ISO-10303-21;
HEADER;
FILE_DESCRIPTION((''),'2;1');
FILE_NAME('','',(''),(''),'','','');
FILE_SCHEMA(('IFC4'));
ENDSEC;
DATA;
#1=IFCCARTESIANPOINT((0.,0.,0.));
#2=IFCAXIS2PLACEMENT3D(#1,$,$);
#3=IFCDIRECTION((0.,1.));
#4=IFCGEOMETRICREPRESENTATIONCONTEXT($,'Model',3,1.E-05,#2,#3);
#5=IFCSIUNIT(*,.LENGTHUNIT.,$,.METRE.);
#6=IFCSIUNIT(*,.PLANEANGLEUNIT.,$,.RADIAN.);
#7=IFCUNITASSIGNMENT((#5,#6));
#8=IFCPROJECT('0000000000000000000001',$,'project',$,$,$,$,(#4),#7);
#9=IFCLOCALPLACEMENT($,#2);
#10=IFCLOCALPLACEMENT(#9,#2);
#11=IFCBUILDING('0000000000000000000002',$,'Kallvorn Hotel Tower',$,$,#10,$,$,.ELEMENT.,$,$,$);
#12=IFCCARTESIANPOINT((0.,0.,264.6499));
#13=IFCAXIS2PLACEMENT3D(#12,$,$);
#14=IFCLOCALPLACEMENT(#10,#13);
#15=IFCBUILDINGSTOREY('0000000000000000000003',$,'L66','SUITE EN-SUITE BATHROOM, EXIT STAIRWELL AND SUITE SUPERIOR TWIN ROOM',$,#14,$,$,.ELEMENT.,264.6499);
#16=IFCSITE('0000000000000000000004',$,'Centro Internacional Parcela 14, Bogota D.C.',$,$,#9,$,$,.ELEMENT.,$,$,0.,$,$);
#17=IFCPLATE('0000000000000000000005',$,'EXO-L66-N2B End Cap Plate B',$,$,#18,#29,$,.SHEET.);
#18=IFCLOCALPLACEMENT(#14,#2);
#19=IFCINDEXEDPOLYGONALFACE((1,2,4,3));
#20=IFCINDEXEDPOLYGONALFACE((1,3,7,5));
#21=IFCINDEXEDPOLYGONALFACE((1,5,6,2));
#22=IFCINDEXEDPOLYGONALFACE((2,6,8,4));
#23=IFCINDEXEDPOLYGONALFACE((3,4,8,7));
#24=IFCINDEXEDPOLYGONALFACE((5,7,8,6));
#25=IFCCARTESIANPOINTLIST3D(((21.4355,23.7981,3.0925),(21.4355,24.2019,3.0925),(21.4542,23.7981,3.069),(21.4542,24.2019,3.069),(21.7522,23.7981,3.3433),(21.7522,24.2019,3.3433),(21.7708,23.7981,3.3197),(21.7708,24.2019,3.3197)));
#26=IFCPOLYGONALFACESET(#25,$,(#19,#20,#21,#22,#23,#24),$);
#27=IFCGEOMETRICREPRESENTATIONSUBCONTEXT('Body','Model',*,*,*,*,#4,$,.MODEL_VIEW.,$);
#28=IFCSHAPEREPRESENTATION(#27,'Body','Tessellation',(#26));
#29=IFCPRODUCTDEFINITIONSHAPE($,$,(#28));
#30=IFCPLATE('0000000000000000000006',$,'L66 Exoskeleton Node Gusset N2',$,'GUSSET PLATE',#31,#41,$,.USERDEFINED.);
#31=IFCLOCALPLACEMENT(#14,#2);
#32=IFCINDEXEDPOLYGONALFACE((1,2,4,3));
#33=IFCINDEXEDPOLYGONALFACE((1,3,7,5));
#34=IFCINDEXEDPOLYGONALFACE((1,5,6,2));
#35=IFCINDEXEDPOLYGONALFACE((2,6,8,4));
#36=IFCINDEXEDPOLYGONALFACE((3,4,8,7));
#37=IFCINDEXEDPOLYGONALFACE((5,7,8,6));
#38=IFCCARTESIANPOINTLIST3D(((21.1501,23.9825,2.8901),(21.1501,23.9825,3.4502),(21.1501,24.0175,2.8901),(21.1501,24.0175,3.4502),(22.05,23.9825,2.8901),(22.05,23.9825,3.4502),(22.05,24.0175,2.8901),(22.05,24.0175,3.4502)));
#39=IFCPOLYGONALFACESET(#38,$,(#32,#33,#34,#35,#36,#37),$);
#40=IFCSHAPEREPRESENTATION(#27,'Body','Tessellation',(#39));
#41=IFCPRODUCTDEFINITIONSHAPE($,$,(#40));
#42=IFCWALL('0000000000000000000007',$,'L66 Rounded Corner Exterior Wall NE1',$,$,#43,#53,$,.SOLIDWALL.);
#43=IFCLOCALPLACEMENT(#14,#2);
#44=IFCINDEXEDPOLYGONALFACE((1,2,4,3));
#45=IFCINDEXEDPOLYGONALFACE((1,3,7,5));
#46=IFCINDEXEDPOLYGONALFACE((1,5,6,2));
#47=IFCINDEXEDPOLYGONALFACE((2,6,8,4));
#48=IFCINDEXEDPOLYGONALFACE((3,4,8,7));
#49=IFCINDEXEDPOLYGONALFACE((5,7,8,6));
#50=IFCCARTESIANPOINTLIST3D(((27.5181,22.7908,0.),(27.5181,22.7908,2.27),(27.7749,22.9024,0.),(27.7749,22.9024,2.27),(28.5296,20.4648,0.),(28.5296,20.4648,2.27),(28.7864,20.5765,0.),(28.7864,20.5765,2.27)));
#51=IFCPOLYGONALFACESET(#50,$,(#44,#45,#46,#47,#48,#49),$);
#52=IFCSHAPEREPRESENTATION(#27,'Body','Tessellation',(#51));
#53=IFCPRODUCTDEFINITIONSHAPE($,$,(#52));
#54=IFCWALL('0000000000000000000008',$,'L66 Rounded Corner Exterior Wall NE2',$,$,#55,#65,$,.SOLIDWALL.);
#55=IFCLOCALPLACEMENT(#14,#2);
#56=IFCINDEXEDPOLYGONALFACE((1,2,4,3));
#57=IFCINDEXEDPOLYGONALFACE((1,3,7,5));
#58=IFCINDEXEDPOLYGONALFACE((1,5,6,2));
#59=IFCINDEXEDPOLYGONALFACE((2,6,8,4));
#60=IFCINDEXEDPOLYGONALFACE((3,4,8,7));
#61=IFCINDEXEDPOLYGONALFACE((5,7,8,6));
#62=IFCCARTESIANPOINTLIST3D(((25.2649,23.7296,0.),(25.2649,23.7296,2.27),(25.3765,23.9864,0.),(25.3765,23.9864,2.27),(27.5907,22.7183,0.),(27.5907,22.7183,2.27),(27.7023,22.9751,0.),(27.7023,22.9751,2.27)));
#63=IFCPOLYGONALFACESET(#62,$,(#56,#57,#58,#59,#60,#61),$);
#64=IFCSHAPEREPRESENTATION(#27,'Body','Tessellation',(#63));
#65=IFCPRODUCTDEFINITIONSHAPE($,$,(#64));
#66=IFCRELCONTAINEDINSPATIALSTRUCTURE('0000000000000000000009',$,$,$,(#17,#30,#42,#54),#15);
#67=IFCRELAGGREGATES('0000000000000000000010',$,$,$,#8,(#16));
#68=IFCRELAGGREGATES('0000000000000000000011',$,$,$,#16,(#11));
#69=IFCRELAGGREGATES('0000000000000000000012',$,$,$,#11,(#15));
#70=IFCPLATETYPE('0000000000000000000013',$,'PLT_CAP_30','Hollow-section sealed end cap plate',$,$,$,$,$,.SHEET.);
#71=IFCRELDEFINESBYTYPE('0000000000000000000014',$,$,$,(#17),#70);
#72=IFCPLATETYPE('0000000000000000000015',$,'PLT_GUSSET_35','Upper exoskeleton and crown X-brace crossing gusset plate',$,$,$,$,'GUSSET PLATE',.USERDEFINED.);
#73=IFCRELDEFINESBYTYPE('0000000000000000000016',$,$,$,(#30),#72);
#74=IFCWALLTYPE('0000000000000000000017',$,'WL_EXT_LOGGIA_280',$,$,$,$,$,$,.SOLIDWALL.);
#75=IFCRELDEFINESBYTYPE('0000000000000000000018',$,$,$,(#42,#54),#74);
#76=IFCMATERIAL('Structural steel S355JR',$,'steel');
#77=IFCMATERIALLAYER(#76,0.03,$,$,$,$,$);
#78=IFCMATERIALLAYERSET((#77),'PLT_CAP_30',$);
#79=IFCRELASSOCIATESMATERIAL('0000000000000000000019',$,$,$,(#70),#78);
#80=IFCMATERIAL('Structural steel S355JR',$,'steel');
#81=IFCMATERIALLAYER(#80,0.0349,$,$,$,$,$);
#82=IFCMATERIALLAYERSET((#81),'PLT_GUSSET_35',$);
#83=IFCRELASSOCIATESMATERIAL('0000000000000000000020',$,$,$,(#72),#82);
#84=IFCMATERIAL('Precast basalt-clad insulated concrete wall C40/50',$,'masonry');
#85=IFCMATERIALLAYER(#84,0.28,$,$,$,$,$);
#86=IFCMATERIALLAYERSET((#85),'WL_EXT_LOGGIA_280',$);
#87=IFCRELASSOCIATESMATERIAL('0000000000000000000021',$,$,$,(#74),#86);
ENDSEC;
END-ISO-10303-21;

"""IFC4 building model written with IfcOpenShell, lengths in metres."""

from ifc_helpers import new_model, si_unit, direction, frame, frame_2d, origin, origin_2d, place, context, subcontext, project, spatial, polyline, rectangle, outline, extrude, material, layer, layer_set, type_object, element, save


model = new_model("IFC4")

# Units and contexts
model_context = context("Model", 3, precision=1e-05, world=origin(), true_north=direction((0.0, 1.0)))
body_context = subcontext(model_context, "Body", "Model", "MODEL_VIEW")
ifc_project = project(units=[si_unit("LENGTHUNIT", "METRE"), si_unit("PLANEANGLEUNIT", "RADIAN")], contexts=[model_context])

# Site, building, storey
site_placement = place(None, origin())
site = spatial("IfcSite", under=ifc_project, at=site_placement, Name="Centro Internacional Parcela 14, Bogota D.C.", CompositionType="ELEMENT", RefElevation=0.0)
building_placement = place(site_placement, origin())
building = spatial("IfcBuilding", under=site, at=building_placement, Name="Kallvorn Hotel Tower", CompositionType="ELEMENT")
storey_placement = place(building_placement, frame((0.0, 0.0, 264.6499)))
storey = spatial("IfcBuildingStorey", under=building, at=storey_placement, Name="L66", Description="SUITE EN-SUITE BATHROOM, EXIT STAIRWELL AND SUITE SUPERIOR TWIN ROOM", CompositionType="ELEMENT", Elevation=264.6499)

# Plates
ifc_material_1 = material(Name="Structural steel S355JR", Category="steel")
ifc_layer_1 = layer(ifc_material_1, 0.03)
ifc_layer_set_1 = layer_set([ifc_layer_1], Name="PLT_CAP_30")
plate_type_1 = type_object("IfcPlateType", Name="PLT_CAP_30", Description="Hollow-section sealed end cap plate", PredefinedType="SHEET", material=ifc_layer_set_1)
plate_1_placement = place(storey_placement, frame((21.4355, 24.2019, 3.0925), z_axis=(-0.62078, 0.0, 0.783985), x_axis=(0.0, -1.0, 0.0)))
element("IfcPlate", 1, at=plate_1_placement, inside=storey, type_object=plate_type_1, Name="EXO-L66-N2B End Cap Plate B", PredefinedType="SHEET", context=body_context, shape_type="SweptSolid", body=[
    extrude(outline(polyline([(0.0, 0.0), (0.4038, 0.0), (0.4038, 0.4039), (0.0, 0.4039), (0.0, 0.0)])), origin(), (0.0, 0.0, -1.0), 0.03),
])
ifc_material_2 = material(Name="Structural steel S355JR", Category="steel")
ifc_layer_2 = layer(ifc_material_2, 0.0349)
ifc_layer_set_2 = layer_set([ifc_layer_2], Name="PLT_GUSSET_35")
plate_type_2 = type_object("IfcPlateType", Name="PLT_GUSSET_35", Description="Upper exoskeleton and crown X-brace crossing gusset plate", ElementType="GUSSET PLATE", PredefinedType="USERDEFINED", material=ifc_layer_set_2)
plate_2_placement = place(storey_placement, frame((21.6001, 24.0, 2.8901), z_axis=(0.0, 0.0, 1.0), x_axis=(1.0, 0.0, 0.0)))
element("IfcPlate", 2, at=plate_2_placement, inside=storey, type_object=plate_type_2, Name="L66 Exoskeleton Node Gusset N2", ObjectType="GUSSET PLATE", PredefinedType="USERDEFINED", context=body_context, shape_type="SweptSolid", body=[
    extrude(rectangle(XDim=0.8999, YDim=0.0349, at=origin_2d()), origin(), (0.0, 0.0, 1.0), 0.5601),
])

# Walls
ifc_material_3 = material(Name="Precast basalt-clad insulated concrete wall C40/50", Category="masonry")
ifc_layer_3 = layer(ifc_material_3, 0.28)
ifc_layer_set_3 = layer_set([ifc_layer_3], Name="WL_EXT_LOGGIA_280")
wall_type = type_object("IfcWallType", Name="WL_EXT_LOGGIA_280", PredefinedType="SOLIDWALL", material=ifc_layer_set_3)
wall_1_placement = place(storey_placement, frame((28.658, 20.5208, 0.0), z_axis=(0.0, 0.0, 1.0), x_axis=(-0.398793, 0.917041, 0.0)))
element("IfcWall", 3, at=wall_1_placement, inside=storey, type_object=wall_type, Name="L66 Rounded Corner Exterior Wall NE1", PredefinedType="SOLIDWALL", context=body_context, shape_type="SweptSolid", body=[
    extrude(rectangle(XDim=2.5364, YDim=0.28, at=frame_2d((1.2681, 0.0))), origin(), (0.0, 0.0, 1.0), 2.27),
])
wall_2_placement = place(storey_placement, frame((27.6465, 22.8467, 0.0), z_axis=(0.0, 0.0, 1.0), x_axis=(-0.917061, 0.398747, 0.0)))
element("IfcWall", 4, at=wall_2_placement, inside=storey, type_object=wall_type, Name="L66 Rounded Corner Exterior Wall NE2", PredefinedType="SOLIDWALL", context=body_context, shape_type="SweptSolid", body=[
    extrude(rectangle(XDim=2.5361, YDim=0.28, at=frame_2d((1.2681, 0.0))), origin(), (0.0, 0.0, 1.0), 2.27),
])

save(model, "model.ifc")
